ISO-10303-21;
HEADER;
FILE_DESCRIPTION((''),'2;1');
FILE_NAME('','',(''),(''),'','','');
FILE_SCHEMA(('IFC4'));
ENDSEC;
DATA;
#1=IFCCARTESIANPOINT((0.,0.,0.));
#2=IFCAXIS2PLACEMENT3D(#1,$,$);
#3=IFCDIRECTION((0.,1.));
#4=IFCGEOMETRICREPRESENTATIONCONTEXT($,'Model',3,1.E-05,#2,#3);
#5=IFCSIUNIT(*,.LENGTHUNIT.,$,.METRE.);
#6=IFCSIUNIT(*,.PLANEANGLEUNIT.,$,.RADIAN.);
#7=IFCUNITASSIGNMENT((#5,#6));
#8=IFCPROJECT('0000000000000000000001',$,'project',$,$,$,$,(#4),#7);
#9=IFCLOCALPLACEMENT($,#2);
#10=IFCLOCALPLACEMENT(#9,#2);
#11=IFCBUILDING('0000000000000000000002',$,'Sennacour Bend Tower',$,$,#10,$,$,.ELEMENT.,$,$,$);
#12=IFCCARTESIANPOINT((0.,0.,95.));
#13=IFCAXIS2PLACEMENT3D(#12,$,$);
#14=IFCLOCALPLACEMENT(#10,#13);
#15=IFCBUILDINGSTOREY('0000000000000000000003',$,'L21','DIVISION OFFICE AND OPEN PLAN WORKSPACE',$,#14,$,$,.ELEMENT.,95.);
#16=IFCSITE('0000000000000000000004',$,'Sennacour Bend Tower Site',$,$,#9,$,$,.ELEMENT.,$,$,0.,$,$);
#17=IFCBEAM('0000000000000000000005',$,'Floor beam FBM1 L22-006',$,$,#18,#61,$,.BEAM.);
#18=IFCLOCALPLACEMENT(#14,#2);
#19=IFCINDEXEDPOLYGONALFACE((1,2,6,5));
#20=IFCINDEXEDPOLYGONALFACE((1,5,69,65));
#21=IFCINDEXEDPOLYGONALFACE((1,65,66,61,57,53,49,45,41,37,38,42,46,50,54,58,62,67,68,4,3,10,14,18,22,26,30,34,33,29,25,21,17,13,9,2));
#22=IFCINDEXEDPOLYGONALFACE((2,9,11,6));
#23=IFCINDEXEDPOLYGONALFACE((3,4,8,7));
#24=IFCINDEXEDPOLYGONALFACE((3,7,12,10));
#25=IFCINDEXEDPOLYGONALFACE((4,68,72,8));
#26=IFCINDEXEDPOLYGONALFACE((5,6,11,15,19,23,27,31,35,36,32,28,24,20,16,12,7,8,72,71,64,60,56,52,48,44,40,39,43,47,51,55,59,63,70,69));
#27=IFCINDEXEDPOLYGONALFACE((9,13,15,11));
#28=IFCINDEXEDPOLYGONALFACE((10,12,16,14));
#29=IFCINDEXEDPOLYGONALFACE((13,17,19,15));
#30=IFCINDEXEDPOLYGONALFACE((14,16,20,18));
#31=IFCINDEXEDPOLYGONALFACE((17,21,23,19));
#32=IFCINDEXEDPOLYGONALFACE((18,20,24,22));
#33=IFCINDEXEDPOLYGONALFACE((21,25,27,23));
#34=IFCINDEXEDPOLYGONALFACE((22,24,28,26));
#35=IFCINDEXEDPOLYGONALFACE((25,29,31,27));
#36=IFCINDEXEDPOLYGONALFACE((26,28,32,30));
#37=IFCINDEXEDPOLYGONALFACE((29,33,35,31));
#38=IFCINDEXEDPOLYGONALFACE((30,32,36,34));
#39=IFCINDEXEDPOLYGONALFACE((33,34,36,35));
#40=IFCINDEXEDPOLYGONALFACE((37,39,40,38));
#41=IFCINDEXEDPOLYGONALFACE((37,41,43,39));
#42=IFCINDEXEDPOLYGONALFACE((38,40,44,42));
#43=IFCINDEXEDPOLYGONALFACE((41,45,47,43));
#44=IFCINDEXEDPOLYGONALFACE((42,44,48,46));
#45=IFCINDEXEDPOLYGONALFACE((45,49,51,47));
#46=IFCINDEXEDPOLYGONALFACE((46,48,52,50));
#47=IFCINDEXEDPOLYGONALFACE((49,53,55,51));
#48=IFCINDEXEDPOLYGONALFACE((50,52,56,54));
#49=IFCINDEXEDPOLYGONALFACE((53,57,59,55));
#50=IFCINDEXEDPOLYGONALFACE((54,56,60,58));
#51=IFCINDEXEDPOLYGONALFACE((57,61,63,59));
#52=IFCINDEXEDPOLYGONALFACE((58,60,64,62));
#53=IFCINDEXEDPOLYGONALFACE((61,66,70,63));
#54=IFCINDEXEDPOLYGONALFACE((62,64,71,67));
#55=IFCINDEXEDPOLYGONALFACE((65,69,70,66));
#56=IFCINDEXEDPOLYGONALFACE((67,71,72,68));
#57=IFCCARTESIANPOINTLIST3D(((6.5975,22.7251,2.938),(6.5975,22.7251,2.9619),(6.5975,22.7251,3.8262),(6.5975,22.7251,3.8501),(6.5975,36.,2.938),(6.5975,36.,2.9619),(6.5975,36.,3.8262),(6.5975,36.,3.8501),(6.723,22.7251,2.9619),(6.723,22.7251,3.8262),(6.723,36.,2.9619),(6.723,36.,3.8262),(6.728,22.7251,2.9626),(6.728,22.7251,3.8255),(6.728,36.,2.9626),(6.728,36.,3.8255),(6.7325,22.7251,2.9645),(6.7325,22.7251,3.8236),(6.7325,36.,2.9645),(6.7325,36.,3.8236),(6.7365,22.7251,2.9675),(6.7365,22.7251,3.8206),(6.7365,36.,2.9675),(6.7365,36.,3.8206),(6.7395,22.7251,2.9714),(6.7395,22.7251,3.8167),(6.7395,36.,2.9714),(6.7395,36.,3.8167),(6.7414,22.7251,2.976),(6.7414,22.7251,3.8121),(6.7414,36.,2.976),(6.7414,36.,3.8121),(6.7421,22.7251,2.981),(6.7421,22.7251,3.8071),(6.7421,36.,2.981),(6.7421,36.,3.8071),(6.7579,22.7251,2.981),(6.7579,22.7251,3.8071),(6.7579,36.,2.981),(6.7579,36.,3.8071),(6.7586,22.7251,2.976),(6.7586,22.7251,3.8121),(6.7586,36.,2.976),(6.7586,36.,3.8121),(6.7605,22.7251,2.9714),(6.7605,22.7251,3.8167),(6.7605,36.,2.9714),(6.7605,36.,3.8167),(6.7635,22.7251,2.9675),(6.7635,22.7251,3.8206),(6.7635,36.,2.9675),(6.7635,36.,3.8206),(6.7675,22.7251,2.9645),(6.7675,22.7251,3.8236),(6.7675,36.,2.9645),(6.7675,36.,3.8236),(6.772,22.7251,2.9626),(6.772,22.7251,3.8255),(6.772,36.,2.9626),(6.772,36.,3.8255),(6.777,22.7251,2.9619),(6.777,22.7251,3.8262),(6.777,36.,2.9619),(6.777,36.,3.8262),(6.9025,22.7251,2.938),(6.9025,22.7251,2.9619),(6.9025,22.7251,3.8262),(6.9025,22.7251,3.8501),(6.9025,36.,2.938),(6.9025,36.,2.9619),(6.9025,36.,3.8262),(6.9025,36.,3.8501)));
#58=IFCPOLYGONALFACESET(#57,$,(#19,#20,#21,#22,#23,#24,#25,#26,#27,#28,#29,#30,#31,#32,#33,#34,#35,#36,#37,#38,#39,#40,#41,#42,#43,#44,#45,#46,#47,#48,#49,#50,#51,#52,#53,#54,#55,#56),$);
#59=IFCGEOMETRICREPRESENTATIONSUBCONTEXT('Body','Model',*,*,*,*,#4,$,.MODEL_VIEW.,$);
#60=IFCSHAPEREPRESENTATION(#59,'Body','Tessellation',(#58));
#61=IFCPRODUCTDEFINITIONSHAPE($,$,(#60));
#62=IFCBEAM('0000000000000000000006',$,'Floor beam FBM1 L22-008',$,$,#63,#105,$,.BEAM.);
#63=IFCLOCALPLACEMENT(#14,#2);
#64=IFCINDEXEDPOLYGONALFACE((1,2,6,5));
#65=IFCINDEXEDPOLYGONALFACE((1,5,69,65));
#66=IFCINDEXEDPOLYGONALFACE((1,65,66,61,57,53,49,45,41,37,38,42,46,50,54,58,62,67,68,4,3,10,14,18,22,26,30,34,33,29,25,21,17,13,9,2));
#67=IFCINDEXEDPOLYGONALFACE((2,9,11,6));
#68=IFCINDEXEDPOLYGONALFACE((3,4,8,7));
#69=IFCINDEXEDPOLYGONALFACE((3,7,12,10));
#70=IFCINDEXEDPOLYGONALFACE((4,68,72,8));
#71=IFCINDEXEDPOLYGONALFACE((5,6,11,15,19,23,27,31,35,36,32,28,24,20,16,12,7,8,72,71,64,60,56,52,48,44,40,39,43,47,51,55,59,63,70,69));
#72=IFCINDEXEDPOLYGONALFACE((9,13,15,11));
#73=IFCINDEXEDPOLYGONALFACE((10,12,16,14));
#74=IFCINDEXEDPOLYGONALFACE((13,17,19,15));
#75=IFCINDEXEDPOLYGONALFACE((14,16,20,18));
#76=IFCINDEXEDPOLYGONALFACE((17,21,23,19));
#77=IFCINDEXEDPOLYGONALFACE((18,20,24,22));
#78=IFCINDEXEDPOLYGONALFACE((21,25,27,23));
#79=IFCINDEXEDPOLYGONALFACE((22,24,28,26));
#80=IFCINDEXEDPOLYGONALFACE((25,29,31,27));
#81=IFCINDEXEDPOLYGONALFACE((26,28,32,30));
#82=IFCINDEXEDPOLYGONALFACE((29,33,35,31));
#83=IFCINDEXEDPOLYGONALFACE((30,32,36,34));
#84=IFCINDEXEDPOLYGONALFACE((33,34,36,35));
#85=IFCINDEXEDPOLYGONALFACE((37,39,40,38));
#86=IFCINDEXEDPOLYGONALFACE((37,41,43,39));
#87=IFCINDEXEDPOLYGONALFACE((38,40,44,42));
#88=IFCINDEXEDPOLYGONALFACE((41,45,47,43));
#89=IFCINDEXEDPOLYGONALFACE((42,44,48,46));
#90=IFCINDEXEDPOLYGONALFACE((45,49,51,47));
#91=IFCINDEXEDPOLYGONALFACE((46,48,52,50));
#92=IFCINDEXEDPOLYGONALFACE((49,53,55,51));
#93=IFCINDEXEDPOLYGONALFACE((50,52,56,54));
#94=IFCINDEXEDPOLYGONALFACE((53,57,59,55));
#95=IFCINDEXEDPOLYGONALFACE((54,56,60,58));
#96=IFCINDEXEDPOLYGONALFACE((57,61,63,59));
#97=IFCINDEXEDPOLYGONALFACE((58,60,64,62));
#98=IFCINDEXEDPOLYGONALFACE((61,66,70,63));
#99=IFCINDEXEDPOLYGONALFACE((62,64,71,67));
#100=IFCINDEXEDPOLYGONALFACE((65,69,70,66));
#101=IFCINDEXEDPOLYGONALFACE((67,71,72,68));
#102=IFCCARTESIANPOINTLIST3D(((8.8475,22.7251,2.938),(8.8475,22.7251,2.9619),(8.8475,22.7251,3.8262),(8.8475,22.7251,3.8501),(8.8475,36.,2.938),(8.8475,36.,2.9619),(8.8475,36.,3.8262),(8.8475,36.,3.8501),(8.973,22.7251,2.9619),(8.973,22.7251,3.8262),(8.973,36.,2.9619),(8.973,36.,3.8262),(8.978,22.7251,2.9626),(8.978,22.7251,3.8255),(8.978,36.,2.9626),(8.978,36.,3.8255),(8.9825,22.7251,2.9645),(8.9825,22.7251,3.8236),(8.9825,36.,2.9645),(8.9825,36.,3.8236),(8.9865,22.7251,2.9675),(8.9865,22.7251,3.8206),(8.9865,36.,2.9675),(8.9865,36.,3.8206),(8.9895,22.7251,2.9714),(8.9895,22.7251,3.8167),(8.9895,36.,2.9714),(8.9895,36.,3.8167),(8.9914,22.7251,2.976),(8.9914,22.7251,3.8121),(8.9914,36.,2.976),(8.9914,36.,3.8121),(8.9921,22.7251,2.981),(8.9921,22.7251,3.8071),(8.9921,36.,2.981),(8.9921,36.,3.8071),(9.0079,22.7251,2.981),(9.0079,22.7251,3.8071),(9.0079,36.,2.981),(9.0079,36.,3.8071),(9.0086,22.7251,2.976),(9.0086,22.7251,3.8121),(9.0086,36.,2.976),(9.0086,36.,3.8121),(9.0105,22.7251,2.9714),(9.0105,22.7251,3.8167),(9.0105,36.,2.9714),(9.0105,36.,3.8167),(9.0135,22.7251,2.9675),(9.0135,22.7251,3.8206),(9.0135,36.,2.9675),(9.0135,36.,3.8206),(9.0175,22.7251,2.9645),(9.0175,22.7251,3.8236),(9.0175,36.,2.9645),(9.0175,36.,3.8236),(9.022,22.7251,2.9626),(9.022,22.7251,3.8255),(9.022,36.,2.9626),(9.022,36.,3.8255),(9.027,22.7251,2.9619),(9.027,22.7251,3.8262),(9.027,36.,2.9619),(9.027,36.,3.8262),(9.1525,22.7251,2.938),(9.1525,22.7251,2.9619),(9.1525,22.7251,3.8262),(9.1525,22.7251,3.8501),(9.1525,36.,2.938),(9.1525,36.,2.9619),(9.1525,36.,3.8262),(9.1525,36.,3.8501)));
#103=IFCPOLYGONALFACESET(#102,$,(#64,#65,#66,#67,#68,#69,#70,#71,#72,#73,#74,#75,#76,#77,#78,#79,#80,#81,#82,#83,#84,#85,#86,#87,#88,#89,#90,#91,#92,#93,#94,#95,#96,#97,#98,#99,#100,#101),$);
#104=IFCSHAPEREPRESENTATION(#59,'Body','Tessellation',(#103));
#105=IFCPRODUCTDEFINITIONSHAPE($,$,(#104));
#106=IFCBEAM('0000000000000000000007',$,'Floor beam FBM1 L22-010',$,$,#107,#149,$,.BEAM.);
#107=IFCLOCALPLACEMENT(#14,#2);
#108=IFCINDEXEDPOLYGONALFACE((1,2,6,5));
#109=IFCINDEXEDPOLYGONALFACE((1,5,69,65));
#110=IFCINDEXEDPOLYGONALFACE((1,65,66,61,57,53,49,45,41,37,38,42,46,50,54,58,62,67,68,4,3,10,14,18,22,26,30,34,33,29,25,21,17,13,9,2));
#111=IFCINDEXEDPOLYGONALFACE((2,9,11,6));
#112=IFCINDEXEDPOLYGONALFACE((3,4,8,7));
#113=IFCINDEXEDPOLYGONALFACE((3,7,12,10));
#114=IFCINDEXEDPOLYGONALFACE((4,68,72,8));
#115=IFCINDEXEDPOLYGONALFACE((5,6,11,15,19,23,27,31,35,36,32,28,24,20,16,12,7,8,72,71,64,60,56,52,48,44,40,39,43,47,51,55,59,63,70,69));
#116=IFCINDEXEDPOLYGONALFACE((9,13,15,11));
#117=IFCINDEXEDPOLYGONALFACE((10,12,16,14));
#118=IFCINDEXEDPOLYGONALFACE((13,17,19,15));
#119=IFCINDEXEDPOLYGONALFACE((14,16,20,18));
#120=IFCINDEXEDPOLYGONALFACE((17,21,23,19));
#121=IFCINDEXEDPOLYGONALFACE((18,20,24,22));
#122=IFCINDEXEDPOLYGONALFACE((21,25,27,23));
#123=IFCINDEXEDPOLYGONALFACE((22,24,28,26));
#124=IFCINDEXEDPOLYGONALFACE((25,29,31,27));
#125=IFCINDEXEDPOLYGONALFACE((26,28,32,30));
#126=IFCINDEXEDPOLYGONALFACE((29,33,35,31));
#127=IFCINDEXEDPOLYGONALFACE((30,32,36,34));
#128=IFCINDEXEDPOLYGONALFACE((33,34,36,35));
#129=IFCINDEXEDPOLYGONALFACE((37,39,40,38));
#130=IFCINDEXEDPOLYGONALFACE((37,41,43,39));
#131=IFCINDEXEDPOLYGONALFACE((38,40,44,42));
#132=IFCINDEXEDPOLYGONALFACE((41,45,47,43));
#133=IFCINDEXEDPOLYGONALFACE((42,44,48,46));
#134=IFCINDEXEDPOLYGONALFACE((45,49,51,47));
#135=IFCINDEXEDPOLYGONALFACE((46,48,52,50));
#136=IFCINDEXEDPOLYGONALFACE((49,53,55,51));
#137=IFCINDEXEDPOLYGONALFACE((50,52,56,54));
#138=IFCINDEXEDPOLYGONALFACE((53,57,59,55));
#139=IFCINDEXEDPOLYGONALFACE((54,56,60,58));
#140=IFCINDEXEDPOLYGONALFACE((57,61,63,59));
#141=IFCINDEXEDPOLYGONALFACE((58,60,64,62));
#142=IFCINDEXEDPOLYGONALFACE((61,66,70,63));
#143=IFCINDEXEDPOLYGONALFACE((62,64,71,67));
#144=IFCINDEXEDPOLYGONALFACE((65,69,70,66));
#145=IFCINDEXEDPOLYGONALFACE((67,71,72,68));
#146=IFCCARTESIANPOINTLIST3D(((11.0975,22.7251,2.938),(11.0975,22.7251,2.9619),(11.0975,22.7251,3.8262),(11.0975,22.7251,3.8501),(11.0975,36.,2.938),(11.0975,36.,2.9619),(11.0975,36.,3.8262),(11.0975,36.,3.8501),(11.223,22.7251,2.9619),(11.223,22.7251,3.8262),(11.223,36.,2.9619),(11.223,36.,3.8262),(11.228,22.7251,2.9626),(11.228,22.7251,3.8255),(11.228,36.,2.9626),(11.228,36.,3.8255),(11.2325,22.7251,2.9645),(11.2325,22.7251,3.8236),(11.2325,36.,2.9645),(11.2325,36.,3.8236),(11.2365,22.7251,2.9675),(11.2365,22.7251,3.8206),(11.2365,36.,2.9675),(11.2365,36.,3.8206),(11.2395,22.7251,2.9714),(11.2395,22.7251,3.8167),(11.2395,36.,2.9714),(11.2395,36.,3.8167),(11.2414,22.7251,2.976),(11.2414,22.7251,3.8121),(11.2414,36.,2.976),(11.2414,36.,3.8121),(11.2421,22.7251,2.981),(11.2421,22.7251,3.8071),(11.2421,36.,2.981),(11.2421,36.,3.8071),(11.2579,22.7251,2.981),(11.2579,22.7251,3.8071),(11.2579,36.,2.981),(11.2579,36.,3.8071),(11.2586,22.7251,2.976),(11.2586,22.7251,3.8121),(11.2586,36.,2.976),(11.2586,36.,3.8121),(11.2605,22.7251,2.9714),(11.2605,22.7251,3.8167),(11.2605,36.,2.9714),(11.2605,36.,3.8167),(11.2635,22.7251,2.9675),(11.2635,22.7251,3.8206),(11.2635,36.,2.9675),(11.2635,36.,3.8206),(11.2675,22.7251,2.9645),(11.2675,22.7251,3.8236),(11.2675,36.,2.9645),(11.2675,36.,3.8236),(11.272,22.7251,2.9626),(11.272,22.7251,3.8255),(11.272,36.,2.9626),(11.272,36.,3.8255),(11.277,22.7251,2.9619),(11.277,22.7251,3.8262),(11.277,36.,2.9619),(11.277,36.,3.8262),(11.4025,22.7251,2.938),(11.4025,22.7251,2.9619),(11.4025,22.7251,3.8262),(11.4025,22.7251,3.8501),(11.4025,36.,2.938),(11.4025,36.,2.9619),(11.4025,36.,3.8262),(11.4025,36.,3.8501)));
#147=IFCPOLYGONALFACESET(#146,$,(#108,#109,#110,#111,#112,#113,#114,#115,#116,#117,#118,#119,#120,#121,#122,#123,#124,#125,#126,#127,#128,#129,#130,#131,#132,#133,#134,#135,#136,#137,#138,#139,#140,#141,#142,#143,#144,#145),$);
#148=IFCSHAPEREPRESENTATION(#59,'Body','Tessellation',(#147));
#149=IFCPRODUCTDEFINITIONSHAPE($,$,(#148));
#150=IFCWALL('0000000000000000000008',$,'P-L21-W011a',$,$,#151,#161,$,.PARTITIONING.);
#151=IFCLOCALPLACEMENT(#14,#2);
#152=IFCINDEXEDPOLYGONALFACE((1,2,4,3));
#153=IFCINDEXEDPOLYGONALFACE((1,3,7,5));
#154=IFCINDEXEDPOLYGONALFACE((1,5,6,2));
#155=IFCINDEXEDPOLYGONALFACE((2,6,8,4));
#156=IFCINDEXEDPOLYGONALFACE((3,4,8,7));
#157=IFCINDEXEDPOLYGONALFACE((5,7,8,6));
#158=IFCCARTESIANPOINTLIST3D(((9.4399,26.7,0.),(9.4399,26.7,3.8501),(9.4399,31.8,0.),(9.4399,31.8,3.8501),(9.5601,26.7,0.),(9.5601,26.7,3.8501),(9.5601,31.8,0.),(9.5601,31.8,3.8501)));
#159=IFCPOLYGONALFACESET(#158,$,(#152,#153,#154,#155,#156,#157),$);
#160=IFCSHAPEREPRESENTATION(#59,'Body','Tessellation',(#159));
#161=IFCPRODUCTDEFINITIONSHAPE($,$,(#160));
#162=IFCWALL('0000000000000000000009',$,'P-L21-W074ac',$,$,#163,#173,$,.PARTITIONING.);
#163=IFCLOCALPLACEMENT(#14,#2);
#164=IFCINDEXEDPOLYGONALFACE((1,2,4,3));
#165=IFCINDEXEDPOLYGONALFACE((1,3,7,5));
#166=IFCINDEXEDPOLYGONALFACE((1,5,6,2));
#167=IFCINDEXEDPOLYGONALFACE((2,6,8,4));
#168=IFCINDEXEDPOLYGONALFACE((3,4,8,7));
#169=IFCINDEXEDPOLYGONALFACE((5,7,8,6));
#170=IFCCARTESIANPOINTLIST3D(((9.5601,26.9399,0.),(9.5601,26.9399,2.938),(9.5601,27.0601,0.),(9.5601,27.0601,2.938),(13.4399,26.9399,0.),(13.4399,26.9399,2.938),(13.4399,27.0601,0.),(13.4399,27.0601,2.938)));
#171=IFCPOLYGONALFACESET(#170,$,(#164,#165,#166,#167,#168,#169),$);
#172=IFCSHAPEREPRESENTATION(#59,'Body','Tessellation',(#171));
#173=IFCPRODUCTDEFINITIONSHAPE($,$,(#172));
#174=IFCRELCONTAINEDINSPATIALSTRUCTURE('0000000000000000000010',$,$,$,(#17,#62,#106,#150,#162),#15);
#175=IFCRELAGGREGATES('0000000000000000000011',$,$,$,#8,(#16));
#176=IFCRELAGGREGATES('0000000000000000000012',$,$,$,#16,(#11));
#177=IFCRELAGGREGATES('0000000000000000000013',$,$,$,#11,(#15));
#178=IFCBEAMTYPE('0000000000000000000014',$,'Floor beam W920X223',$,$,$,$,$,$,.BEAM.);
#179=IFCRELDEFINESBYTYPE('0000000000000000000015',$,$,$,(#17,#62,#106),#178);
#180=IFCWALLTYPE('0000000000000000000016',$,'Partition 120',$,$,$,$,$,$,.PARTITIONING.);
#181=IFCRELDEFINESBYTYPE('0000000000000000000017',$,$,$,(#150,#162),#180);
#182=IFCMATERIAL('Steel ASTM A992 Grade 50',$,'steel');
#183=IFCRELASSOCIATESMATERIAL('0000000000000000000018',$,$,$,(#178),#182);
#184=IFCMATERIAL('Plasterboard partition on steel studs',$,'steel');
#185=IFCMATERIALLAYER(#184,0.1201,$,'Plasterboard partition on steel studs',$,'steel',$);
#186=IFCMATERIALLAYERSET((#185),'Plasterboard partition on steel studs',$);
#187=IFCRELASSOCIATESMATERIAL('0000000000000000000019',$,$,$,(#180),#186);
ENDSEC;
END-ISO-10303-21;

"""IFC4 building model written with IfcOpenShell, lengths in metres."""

from ifc_helpers import new_model, si_unit, direction, frame, frame_2d, origin, origin_2d, place, context, subcontext, project, spatial, rectangle, i_section, extrude, material, layer, layer_set, material_profile, profile_set, type_object, element, save


model = new_model("IFC4")

# Units and contexts
model_context = context("Model", 3, precision=1e-05, world=origin(), true_north=direction((0.0, 1.0)))
body_context = subcontext(model_context, "Body", "Model", "MODEL_VIEW")
ifc_project = project(units=[si_unit("LENGTHUNIT", "METRE"), si_unit("PLANEANGLEUNIT", "RADIAN")], contexts=[model_context])

# Site, building, storey
site_placement = place(None, origin())
site = spatial("IfcSite", under=ifc_project, at=site_placement, Name="Sennacour Bend Tower Site", CompositionType="ELEMENT", RefElevation=0.0)
building_placement = place(site_placement, origin())
building = spatial("IfcBuilding", under=site, at=building_placement, Name="Sennacour Bend Tower", CompositionType="ELEMENT")
storey_placement = place(building_placement, frame((0.0, 0.0, 95.0)))
storey = spatial("IfcBuildingStorey", under=building, at=storey_placement, Name="L21", Description="DIVISION OFFICE AND OPEN PLAN WORKSPACE", CompositionType="ELEMENT", Elevation=95.0)

# Beams
ifc_material_1 = material(Name="Steel ASTM A992 Grade 50", Category="steel")
ifc_material_profile = material_profile(ifc_material_1, i_section(OverallWidth=0.3049, OverallDepth=0.9121, WebThickness=0.0159, FlangeThickness=0.0239, FilletRadius=0.019, at=origin_2d()), Name="Steel ASTM A992 Grade 50", Category="steel")
ifc_profile_set = profile_set([ifc_material_profile], Name="Steel ASTM A992 Grade 50")
beam_type = type_object("IfcBeamType", Name="Floor beam W920X223", PredefinedType="BEAM", material=ifc_profile_set)
for number, where, z_axis, x_axis, name in (
    (1, (6.75, 22.7251, 3.394), (0.0, 1.0, 0.0), (-1.0, 0.0, 0.0), "Floor beam FBM1 L22-006"),
    (2, (9.0, 22.7251, 3.394), (0.0, 1.0, 0.0), (-1.0, 0.0, 0.0), "Floor beam FBM1 L22-008"),
    (3, (11.25, 22.7251, 3.394), (0.0, 1.0, 0.0), (-1.0, 0.0, 0.0), "Floor beam FBM1 L22-010"),
):
    element("IfcBeam", number, at=place(storey_placement, frame(where, z_axis=z_axis, x_axis=x_axis)), inside=storey, type_object=beam_type, Name=name, PredefinedType="BEAM", context=body_context, shape_type="SweptSolid", body=[
        extrude(i_section(OverallWidth=0.3049, OverallDepth=0.9121, WebThickness=0.0159, FlangeThickness=0.0239, FilletRadius=0.019, at=origin_2d()), origin(), (0.0, 0.0, 1.0), 13.2749),
    ])

# Walls
ifc_material_2 = material(Name="Plasterboard partition on steel studs", Category="steel")
ifc_layer_1 = layer(ifc_material_2, 0.1201, Name="Plasterboard partition on steel studs", Category="steel")
ifc_layer_set_1 = layer_set([ifc_layer_1], Name="Plasterboard partition on steel studs")
wall_type_1 = type_object("IfcWallType", Name="Partition 120", PredefinedType="PARTITIONING", material=ifc_layer_set_1)
wall_1_placement = place(storey_placement, frame((9.5, 26.7, 0.0), z_axis=(0.0, 0.0, 1.0), x_axis=(0.0, 1.0, 0.0)))
element("IfcWall", 4, at=wall_1_placement, inside=storey, type_object=wall_type_1, Name="P-L21-W011a", PredefinedType="PARTITIONING", context=body_context, shape_type="SweptSolid", body=[
    extrude(rectangle(XDim=5.1001, YDim=0.1201, at=frame_2d((2.55, 0.0))), origin(), (0.0, 0.0, 1.0), 3.8501),
])
wall_2_placement = place(storey_placement, frame((9.5601, 27.0, 0.0), z_axis=(0.0, 0.0, 1.0), x_axis=(1.0, 0.0, 0.0)))
element("IfcWall", 5, at=wall_2_placement, inside=storey, type_object=wall_type_1, Name="P-L21-W074ac", PredefinedType="PARTITIONING", context=body_context, shape_type="SweptSolid", body=[
    extrude(rectangle(XDim=3.8799, YDim=0.1201, at=frame_2d((1.9399, 0.0))), origin(), (0.0, 0.0, 1.0), 2.938),
])

save(model, "model.ifc")
